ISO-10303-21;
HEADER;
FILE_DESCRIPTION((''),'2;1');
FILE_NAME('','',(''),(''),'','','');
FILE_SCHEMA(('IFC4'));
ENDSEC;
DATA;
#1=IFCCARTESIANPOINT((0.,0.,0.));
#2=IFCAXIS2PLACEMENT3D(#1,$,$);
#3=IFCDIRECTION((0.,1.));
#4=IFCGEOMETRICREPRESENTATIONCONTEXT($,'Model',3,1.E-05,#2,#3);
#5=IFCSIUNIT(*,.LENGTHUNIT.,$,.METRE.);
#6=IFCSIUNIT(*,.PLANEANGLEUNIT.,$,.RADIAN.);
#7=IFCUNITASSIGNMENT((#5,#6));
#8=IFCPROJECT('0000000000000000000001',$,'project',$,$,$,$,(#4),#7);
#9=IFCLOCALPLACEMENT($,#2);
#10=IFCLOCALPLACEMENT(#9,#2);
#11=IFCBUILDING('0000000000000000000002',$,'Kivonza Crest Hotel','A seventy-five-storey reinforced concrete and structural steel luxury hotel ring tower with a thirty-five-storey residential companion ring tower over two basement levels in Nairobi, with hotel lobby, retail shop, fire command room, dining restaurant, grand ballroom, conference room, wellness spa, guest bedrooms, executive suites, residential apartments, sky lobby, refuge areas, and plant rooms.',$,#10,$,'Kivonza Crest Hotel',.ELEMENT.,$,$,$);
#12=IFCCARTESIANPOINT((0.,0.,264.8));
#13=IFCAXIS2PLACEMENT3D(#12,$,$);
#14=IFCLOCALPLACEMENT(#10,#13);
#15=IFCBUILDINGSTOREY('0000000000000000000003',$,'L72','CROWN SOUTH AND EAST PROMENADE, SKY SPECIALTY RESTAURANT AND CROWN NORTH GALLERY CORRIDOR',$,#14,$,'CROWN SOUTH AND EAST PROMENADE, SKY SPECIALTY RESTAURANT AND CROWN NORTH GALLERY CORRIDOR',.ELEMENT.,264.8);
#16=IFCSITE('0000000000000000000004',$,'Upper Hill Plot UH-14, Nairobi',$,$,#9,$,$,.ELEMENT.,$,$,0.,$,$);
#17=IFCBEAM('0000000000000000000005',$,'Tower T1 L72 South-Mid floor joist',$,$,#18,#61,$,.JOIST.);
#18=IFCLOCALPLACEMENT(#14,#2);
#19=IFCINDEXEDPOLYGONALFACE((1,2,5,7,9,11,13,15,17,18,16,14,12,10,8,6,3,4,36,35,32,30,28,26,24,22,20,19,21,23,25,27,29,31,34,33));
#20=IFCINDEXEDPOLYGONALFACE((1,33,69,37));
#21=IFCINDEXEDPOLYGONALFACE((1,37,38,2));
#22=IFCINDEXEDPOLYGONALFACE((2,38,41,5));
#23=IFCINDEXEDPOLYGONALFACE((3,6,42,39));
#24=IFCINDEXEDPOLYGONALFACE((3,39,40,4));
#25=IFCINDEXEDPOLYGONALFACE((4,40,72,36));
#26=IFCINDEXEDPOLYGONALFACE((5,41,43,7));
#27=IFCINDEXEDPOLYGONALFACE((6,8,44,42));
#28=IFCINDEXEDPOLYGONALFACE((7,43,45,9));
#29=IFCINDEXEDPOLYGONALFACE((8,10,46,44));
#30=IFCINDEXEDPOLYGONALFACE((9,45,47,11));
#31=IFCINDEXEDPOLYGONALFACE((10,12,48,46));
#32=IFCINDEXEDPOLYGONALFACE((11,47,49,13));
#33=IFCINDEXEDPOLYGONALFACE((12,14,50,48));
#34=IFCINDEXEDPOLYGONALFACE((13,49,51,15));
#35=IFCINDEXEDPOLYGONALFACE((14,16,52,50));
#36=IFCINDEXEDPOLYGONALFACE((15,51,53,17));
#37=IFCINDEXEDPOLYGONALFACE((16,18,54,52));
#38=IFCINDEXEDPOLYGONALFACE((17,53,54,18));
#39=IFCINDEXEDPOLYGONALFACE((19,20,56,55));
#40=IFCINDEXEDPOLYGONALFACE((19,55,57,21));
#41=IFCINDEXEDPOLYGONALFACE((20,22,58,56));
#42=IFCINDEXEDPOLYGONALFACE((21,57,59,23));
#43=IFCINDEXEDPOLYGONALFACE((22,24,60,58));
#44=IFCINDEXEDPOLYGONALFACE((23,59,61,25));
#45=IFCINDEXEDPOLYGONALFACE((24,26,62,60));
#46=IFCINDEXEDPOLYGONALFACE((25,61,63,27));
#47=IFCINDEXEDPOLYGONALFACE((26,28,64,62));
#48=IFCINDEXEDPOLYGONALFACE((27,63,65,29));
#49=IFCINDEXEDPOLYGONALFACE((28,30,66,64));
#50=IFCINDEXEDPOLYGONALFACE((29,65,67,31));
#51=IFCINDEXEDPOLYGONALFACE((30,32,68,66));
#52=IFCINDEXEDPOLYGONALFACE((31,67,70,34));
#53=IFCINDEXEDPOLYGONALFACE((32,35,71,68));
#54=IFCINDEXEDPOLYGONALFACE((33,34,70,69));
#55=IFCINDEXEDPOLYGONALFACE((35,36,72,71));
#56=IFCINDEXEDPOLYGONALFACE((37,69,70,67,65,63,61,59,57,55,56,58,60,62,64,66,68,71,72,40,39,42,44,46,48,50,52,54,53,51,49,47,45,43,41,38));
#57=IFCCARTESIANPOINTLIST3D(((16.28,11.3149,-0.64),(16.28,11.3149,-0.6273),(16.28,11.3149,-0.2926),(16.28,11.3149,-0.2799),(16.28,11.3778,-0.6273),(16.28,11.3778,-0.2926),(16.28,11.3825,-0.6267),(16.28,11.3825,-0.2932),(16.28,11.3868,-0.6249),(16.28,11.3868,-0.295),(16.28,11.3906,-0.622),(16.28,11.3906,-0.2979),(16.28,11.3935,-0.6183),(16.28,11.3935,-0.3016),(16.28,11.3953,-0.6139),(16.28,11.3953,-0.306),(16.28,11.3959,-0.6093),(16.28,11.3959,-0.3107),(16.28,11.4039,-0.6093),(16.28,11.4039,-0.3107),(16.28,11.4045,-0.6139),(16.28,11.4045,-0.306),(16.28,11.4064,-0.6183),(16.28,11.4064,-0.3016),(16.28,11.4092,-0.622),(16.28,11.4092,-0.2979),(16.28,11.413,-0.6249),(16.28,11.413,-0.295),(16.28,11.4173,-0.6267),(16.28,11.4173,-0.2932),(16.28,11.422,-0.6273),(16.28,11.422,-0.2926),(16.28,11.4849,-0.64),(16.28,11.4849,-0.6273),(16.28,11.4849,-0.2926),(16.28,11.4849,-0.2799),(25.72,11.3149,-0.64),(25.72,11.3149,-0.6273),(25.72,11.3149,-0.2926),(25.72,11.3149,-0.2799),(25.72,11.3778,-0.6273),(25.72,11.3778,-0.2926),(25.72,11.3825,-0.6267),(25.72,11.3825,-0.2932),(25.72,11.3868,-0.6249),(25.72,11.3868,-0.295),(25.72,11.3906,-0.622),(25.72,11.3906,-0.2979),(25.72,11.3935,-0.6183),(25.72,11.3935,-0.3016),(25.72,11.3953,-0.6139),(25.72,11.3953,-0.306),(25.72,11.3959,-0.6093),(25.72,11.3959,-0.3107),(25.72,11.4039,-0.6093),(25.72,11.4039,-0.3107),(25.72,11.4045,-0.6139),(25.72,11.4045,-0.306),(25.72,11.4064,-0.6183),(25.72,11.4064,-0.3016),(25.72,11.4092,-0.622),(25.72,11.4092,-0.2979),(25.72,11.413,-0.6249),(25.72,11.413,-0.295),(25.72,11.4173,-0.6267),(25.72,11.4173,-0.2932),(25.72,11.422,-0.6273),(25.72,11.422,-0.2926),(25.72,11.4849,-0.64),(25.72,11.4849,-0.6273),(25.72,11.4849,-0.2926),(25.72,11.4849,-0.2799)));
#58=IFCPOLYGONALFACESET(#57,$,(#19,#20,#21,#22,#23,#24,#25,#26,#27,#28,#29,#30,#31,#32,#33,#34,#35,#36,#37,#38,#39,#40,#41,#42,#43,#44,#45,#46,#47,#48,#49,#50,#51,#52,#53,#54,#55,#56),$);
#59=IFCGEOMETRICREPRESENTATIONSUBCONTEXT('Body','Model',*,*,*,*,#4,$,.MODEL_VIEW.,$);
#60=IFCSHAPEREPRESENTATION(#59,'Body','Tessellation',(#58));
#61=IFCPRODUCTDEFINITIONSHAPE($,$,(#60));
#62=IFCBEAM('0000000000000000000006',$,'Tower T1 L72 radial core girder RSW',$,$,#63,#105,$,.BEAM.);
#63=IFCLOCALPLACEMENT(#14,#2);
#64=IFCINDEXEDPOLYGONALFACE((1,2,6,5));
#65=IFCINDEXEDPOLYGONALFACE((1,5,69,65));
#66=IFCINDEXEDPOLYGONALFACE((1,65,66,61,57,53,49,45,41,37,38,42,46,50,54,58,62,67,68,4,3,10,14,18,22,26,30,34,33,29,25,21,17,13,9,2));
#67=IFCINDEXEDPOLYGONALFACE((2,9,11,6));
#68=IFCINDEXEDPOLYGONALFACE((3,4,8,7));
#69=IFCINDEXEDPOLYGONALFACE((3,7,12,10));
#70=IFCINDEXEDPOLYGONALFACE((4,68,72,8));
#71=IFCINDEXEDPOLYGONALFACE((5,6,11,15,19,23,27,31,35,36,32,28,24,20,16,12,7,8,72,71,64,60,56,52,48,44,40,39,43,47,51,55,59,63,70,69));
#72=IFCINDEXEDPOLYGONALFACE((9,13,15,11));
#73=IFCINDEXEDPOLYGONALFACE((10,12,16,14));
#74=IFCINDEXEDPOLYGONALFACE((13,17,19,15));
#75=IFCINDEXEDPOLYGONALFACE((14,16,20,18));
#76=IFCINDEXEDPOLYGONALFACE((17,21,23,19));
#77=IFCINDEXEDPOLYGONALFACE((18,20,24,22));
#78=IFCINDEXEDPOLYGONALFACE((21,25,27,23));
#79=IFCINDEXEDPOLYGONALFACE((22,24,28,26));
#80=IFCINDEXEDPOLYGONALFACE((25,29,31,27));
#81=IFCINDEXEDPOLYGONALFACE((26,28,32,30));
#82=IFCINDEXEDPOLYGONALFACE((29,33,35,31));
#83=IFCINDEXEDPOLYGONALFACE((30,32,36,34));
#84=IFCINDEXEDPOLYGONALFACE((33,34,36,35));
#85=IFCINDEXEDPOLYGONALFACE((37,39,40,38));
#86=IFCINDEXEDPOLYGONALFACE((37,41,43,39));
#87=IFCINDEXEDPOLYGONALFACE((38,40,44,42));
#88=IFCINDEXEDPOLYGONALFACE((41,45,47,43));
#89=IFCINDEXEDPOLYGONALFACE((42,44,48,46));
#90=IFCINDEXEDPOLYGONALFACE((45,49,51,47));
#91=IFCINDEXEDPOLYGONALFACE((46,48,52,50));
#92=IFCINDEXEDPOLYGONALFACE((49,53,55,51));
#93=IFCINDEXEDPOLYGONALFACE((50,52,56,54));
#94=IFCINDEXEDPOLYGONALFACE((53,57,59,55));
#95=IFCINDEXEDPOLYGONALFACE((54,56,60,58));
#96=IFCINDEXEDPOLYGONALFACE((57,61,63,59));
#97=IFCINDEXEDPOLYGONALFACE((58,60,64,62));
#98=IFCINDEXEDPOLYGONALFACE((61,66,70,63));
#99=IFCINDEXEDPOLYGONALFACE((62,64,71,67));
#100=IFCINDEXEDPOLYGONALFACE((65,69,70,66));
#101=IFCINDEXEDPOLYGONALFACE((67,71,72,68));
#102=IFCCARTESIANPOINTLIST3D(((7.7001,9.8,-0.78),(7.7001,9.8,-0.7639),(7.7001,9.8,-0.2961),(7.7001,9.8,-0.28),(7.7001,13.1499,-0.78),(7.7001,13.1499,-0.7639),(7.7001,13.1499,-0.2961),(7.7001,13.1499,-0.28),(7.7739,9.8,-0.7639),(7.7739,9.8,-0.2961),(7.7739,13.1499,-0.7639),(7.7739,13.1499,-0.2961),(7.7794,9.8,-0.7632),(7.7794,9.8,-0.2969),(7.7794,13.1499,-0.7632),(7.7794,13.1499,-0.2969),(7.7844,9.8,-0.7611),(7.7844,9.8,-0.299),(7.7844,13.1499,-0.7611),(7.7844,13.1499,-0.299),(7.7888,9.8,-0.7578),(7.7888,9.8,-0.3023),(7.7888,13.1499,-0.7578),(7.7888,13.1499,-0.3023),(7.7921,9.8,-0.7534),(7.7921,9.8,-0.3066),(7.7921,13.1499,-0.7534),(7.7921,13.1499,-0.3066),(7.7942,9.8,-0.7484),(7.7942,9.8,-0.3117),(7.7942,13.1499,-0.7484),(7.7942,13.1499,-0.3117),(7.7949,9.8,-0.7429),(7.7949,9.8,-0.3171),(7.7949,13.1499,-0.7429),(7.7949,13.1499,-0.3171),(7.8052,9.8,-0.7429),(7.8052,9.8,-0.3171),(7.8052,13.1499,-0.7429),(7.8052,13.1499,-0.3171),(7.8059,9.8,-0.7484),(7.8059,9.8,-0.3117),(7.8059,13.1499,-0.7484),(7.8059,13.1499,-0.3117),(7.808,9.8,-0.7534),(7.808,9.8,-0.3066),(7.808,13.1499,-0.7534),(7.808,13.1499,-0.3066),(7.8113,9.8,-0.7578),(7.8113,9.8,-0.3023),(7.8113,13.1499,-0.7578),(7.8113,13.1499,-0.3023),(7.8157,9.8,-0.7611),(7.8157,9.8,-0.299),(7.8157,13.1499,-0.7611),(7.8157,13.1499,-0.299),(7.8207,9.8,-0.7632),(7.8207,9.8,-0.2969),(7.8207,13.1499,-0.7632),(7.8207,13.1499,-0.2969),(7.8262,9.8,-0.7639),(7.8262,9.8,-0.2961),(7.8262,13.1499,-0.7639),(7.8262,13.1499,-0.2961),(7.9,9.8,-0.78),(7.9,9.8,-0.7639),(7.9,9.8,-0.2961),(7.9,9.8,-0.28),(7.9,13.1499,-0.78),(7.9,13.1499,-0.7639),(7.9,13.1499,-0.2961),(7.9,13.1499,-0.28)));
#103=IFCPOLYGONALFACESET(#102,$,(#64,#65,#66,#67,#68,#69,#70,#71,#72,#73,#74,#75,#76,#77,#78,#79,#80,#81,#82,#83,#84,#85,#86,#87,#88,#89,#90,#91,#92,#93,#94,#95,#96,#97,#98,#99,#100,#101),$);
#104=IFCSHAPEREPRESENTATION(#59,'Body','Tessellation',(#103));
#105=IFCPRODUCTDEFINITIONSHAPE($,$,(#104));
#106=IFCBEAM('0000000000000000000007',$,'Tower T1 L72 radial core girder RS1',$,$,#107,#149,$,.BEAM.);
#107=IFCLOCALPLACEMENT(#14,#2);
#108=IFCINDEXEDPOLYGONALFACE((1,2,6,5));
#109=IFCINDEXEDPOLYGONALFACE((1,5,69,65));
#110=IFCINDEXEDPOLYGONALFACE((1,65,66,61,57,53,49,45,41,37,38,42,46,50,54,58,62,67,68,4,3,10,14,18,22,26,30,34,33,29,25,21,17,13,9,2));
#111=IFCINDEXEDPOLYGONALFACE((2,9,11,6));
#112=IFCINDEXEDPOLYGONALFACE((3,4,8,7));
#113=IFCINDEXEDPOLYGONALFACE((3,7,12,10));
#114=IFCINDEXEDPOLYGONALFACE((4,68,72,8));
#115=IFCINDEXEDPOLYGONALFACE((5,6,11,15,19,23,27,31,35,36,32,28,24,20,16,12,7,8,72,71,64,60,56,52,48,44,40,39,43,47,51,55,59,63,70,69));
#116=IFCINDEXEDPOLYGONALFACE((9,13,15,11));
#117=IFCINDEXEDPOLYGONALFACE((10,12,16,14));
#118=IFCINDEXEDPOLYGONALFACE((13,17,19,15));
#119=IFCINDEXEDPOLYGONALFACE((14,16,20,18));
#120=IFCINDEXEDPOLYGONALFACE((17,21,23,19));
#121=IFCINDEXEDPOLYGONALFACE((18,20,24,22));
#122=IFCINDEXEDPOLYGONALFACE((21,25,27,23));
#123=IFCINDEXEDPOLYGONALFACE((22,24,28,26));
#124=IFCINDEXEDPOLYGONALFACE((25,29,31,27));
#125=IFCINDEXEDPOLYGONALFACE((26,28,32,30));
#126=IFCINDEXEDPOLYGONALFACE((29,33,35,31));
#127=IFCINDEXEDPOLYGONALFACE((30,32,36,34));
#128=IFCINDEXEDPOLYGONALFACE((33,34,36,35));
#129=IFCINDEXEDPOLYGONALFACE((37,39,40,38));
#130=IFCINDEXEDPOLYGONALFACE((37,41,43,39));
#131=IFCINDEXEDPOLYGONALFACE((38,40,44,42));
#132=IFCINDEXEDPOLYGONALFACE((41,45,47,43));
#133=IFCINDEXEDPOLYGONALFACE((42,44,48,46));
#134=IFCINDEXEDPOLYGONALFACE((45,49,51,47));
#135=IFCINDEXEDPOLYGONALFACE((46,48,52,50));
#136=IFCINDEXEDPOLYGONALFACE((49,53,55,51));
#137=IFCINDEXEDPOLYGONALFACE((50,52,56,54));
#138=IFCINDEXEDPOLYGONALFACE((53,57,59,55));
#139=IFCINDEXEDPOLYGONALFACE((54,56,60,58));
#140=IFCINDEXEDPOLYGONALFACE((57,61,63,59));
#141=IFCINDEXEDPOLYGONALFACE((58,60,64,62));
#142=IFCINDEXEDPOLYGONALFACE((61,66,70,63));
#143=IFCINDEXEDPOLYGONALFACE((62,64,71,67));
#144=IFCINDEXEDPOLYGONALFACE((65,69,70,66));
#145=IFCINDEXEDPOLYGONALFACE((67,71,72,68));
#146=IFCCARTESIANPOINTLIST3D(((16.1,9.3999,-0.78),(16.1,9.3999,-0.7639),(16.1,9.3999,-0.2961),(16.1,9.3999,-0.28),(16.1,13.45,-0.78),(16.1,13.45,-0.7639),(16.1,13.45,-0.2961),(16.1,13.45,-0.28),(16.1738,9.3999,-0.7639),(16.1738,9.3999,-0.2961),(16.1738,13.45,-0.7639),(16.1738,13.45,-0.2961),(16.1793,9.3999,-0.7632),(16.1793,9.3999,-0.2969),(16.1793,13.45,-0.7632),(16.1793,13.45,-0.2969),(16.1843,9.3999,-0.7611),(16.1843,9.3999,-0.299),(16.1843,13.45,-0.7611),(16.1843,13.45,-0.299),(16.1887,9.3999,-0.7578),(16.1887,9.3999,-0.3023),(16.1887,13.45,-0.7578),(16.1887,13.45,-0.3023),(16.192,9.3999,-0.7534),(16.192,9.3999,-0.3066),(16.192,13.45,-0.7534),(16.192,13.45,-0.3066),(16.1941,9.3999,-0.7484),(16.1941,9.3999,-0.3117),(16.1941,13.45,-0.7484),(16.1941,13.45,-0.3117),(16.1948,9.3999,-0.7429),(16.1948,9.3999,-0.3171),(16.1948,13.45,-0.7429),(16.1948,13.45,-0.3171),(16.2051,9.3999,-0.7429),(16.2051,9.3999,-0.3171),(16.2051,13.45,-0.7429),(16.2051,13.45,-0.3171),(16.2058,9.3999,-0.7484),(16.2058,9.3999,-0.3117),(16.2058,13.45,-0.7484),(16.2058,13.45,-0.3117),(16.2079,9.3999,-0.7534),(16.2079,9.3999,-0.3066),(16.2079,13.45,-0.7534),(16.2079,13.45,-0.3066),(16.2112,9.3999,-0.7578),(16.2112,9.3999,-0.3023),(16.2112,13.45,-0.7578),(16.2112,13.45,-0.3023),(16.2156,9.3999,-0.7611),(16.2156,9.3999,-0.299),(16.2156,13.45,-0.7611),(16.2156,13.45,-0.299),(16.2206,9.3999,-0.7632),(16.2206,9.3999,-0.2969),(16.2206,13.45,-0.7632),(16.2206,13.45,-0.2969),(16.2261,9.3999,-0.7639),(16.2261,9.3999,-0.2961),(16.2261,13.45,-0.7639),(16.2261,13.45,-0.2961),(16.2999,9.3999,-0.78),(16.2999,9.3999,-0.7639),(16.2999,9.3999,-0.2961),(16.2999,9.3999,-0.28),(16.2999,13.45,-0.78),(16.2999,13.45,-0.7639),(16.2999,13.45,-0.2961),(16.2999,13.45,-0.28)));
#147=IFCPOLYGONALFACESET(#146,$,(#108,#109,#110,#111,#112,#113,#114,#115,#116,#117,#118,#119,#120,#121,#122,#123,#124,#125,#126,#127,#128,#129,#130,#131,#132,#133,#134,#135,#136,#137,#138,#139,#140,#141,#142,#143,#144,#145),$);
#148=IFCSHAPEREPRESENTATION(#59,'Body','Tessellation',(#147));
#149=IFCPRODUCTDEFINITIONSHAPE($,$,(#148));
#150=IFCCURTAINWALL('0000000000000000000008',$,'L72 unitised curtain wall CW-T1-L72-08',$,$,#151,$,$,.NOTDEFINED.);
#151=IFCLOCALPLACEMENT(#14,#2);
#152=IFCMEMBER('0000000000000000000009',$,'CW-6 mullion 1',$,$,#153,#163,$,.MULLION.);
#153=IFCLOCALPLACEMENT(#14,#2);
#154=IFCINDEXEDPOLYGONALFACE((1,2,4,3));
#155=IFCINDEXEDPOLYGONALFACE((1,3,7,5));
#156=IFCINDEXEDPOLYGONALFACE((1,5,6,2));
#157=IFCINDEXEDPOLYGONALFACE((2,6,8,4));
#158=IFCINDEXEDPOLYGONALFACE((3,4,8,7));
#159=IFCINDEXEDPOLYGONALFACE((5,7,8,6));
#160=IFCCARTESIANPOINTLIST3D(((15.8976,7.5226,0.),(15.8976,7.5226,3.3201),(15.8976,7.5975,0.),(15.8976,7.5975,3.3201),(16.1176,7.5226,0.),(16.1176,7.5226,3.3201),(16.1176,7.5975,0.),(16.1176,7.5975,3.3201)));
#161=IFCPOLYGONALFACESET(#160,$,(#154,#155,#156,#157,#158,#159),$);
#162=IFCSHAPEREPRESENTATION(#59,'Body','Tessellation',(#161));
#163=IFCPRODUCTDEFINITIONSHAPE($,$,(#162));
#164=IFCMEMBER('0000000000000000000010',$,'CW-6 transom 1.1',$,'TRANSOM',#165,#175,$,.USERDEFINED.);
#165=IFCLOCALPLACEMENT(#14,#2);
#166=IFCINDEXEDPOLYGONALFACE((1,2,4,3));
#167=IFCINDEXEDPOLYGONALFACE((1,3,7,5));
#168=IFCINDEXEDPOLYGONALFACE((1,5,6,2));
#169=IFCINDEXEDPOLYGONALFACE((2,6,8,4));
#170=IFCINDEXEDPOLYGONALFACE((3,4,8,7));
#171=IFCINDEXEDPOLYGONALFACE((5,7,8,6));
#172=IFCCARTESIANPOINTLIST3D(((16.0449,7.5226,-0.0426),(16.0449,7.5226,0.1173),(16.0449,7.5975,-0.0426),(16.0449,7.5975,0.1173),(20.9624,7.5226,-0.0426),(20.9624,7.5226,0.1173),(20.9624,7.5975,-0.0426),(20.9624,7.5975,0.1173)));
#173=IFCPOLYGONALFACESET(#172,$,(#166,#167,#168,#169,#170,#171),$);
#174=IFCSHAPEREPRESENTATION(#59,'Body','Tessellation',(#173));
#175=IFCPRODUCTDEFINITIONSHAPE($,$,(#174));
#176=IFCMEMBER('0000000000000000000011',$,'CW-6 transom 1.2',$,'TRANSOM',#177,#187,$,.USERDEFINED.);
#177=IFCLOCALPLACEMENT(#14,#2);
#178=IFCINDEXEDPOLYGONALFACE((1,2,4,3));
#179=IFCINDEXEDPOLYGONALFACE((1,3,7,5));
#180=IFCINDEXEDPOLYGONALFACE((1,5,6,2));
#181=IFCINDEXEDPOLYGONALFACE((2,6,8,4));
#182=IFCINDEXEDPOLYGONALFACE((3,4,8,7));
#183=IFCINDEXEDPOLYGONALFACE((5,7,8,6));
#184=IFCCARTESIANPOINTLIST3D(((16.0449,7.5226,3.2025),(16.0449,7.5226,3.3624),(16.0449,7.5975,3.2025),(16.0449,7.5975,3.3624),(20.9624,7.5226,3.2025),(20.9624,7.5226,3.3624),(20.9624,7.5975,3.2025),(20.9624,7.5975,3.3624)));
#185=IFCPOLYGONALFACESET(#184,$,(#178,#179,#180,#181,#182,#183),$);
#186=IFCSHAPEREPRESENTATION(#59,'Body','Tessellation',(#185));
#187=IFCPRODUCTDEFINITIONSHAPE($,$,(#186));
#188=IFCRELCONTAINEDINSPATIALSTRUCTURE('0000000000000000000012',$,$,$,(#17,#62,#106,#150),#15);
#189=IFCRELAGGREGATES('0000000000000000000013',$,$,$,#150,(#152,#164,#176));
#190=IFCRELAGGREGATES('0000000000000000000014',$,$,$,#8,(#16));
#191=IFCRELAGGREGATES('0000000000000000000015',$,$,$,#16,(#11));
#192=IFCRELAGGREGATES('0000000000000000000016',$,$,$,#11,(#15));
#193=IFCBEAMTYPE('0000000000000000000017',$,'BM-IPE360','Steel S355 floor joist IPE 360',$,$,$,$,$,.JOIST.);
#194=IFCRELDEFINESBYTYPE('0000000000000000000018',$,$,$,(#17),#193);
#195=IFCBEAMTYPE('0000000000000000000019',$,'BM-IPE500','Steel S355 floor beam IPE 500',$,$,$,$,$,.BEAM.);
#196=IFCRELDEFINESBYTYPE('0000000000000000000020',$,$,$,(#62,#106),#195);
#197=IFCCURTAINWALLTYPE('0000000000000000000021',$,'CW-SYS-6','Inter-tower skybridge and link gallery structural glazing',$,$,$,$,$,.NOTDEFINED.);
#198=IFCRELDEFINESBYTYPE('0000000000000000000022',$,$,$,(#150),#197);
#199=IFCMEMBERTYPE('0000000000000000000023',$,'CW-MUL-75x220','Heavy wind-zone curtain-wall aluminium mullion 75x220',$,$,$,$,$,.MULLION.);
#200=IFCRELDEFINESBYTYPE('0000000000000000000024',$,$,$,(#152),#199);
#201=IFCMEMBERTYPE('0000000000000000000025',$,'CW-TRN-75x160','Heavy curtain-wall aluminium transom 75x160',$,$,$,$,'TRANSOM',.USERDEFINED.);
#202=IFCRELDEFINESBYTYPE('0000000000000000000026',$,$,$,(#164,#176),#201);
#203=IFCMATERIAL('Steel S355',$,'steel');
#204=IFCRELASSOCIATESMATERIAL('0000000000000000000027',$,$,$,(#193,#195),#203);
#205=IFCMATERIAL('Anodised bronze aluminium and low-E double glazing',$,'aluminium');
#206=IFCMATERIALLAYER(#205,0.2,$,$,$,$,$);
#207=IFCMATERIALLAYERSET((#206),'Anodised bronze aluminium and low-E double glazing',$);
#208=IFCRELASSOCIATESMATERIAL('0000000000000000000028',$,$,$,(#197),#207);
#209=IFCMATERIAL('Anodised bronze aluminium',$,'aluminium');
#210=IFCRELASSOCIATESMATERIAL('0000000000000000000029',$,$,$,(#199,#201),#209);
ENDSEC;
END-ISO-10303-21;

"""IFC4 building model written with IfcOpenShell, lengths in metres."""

from ifc_helpers import new_model, si_unit, direction, frame, origin, origin_2d, place, context, subcontext, project, spatial, rectangle, i_section, extrude, material, layer, layer_set, material_profile, profile_set, type_object, element, aggregate, save


model = new_model("IFC4")

# Units and contexts
model_context = context("Model", 3, precision=1e-05, world=origin(), true_north=direction((0.0, 1.0)))
body_context = subcontext(model_context, "Body", "Model", "MODEL_VIEW")
ifc_project = project(units=[si_unit("LENGTHUNIT", "METRE"), si_unit("PLANEANGLEUNIT", "RADIAN")], contexts=[model_context])

# Site, building, storey
site_placement = place(None, origin())
site = spatial("IfcSite", under=ifc_project, at=site_placement, Name="Upper Hill Plot UH-14, Nairobi", CompositionType="ELEMENT", RefElevation=0.0)
building_placement = place(site_placement, origin())
building = spatial("IfcBuilding", under=site, at=building_placement, Name="Kivonza Crest Hotel", Description="A seventy-five-storey reinforced concrete and structural steel luxury hotel ring tower with a thirty-five-storey residential companion ring tower over two basement levels in Nairobi, with hotel lobby, retail shop, fire command room, dining restaurant, grand ballroom, conference room, wellness spa, guest bedrooms, executive suites, residential apartments, sky lobby, refuge areas, and plant rooms.", LongName="Kivonza Crest Hotel", CompositionType="ELEMENT")
storey_placement = place(building_placement, frame((0.0, 0.0, 264.8)))
storey = spatial("IfcBuildingStorey", under=building, at=storey_placement, Name="L72", Description="CROWN SOUTH AND EAST PROMENADE, SKY SPECIALTY RESTAURANT AND CROWN NORTH GALLERY CORRIDOR", LongName="CROWN SOUTH AND EAST PROMENADE, SKY SPECIALTY RESTAURANT AND CROWN NORTH GALLERY CORRIDOR", CompositionType="ELEMENT", Elevation=264.8)

# Beams
ifc_material_1 = material(Name="Steel S355", Category="steel")
ifc_material_profile_1 = material_profile(ifc_material_1, i_section(OverallWidth=0.1699, OverallDepth=0.3601, WebThickness=0.0081, FlangeThickness=0.0127, FilletRadius=0.0181, at=origin_2d()), Name="IPE 360")
ifc_profile_set_1 = profile_set([ifc_material_profile_1], Name="Steel S355")
beam_type_1 = type_object("IfcBeamType", Name="BM-IPE360", Description="Steel S355 floor joist IPE 360", PredefinedType="JOIST", material=ifc_profile_set_1)
beam_1_placement = place(storey_placement, frame((16.28, 11.3999, -0.46), z_axis=(1.0, 0.0, 0.0), x_axis=(0.0, 1.0, 0.0)))
element("IfcBeam", 1, at=beam_1_placement, inside=storey, type_object=beam_type_1, Name="Tower T1 L72 South-Mid floor joist", PredefinedType="JOIST", context=body_context, shape_type="SweptSolid", body=[
    extrude(i_section(OverallWidth=0.1699, OverallDepth=0.3601, WebThickness=0.0081, FlangeThickness=0.0127, FilletRadius=0.0181, at=origin_2d()), origin(), (0.0, 0.0, 1.0), 9.4399),
])
ifc_material_profile_2 = material_profile(ifc_material_1, i_section(OverallWidth=0.2, OverallDepth=0.5, WebThickness=0.0103, FlangeThickness=0.0161, FilletRadius=0.021, at=origin_2d()), Name="IPE 500")
ifc_profile_set_2 = profile_set([ifc_material_profile_2], Name="Steel S355")
beam_type_2 = type_object("IfcBeamType", Name="BM-IPE500", Description="Steel S355 floor beam IPE 500", PredefinedType="BEAM", material=ifc_profile_set_2)
beam_2_placement = place(storey_placement, frame((7.8, 9.8, -0.53), z_axis=(0.0, 1.0, 0.0), x_axis=(-1.0, 0.0, 0.0)))
element("IfcBeam", 2, at=beam_2_placement, inside=storey, type_object=beam_type_2, Name="Tower T1 L72 radial core girder RSW", PredefinedType="BEAM", context=body_context, shape_type="SweptSolid", body=[
    extrude(i_section(OverallWidth=0.2, OverallDepth=0.5, WebThickness=0.0103, FlangeThickness=0.0161, FilletRadius=0.021, at=origin_2d()), origin(), (0.0, 0.0, 1.0), 3.3499),
])
beam_3_placement = place(storey_placement, frame((16.2, 9.3999, -0.53), z_axis=(0.0, 1.0, 0.0), x_axis=(-1.0, 0.0, 0.0)))
element("IfcBeam", 3, at=beam_3_placement, inside=storey, type_object=beam_type_2, Name="Tower T1 L72 radial core girder RS1", PredefinedType="BEAM", context=body_context, shape_type="SweptSolid", body=[
    extrude(i_section(OverallWidth=0.2, OverallDepth=0.5, WebThickness=0.0103, FlangeThickness=0.0161, FilletRadius=0.021, at=origin_2d()), origin(), (0.0, 0.0, 1.0), 4.05),
])

# Curtain wall, members
ifc_material_2 = material(Name="Anodised bronze aluminium and low-E double glazing", Category="aluminium")
ifc_layer_1 = layer(ifc_material_2, 0.2)
ifc_layer_set_1 = layer_set([ifc_layer_1], Name="Anodised bronze aluminium and low-E double glazing")
curtain_wall_type = type_object("IfcCurtainWallType", Name="CW-SYS-6", Description="Inter-tower skybridge and link gallery structural glazing", PredefinedType="NOTDEFINED", material=ifc_layer_set_1)
curtain_wall_placement = place(storey_placement, origin())
curtain_wall = element("IfcCurtainWall", 4, at=curtain_wall_placement, inside=storey, type_object=curtain_wall_type, Name="L72 unitised curtain wall CW-T1-L72-08", PredefinedType="NOTDEFINED")
ifc_material_3 = material(Name="Anodised bronze aluminium", Category="aluminium")
ifc_material_profile_3 = material_profile(ifc_material_3, rectangle(XDim=0.075, YDim=0.22, at=origin_2d()), Name="CW-M 75x220")
ifc_profile_set_3 = profile_set([ifc_material_profile_3], Name="Anodised bronze aluminium")
member_type_1 = type_object("IfcMemberType", Name="CW-MUL-75x220", Description="Heavy wind-zone curtain-wall aluminium mullion 75x220", PredefinedType="MULLION", material=ifc_profile_set_3)
member_1_placement = place(storey_placement, frame((16.0076, 7.5601, 0.0), z_axis=(0.0, 0.0, 1.0), x_axis=(0.0, 1.0, 0.0)))
member_1 = element("IfcMember", 5, at=member_1_placement, type_object=member_type_1, Name="CW-6 mullion 1", PredefinedType="MULLION", context=body_context, shape_type="SweptSolid", body=[
    extrude(rectangle(XDim=0.075, YDim=0.22, at=origin_2d()), origin(), (0.0, 0.0, 1.0), 3.3201),
])
ifc_material_profile_4 = material_profile(ifc_material_3, rectangle(XDim=0.075, YDim=0.1599, at=origin_2d()), Name="CW-T 75x160")
ifc_profile_set_4 = profile_set([ifc_material_profile_4], Name="Anodised bronze aluminium")
member_type_2 = type_object("IfcMemberType", Name="CW-TRN-75x160", Description="Heavy curtain-wall aluminium transom 75x160", ElementType="TRANSOM", PredefinedType="USERDEFINED", material=ifc_profile_set_4)
member_2_placement = place(storey_placement, frame((16.0449, 7.5601, 0.0374), z_axis=(1.0, 0.0, 0.0), x_axis=(0.0, 1.0, 0.0)))
member_2 = element("IfcMember", 6, at=member_2_placement, type_object=member_type_2, Name="CW-6 transom 1.1", ObjectType="TRANSOM", PredefinedType="USERDEFINED", context=body_context, shape_type="SweptSolid", body=[
    extrude(rectangle(XDim=0.075, YDim=0.1599, at=origin_2d()), origin(), (0.0, 0.0, 1.0), 4.9175),
])
member_3_placement = place(storey_placement, frame((16.0449, 7.5601, 3.2825), z_axis=(1.0, 0.0, 0.0), x_axis=(0.0, 1.0, 0.0)))
member_3 = element("IfcMember", 7, at=member_3_placement, type_object=member_type_2, Name="CW-6 transom 1.2", ObjectType="TRANSOM", PredefinedType="USERDEFINED", context=body_context, shape_type="SweptSolid", body=[
    extrude(rectangle(XDim=0.075, YDim=0.1599, at=origin_2d()), origin(), (0.0, 0.0, 1.0), 4.9175),
])
aggregate(curtain_wall, [member_1, member_2, member_3])

save(model, "model.ifc")
